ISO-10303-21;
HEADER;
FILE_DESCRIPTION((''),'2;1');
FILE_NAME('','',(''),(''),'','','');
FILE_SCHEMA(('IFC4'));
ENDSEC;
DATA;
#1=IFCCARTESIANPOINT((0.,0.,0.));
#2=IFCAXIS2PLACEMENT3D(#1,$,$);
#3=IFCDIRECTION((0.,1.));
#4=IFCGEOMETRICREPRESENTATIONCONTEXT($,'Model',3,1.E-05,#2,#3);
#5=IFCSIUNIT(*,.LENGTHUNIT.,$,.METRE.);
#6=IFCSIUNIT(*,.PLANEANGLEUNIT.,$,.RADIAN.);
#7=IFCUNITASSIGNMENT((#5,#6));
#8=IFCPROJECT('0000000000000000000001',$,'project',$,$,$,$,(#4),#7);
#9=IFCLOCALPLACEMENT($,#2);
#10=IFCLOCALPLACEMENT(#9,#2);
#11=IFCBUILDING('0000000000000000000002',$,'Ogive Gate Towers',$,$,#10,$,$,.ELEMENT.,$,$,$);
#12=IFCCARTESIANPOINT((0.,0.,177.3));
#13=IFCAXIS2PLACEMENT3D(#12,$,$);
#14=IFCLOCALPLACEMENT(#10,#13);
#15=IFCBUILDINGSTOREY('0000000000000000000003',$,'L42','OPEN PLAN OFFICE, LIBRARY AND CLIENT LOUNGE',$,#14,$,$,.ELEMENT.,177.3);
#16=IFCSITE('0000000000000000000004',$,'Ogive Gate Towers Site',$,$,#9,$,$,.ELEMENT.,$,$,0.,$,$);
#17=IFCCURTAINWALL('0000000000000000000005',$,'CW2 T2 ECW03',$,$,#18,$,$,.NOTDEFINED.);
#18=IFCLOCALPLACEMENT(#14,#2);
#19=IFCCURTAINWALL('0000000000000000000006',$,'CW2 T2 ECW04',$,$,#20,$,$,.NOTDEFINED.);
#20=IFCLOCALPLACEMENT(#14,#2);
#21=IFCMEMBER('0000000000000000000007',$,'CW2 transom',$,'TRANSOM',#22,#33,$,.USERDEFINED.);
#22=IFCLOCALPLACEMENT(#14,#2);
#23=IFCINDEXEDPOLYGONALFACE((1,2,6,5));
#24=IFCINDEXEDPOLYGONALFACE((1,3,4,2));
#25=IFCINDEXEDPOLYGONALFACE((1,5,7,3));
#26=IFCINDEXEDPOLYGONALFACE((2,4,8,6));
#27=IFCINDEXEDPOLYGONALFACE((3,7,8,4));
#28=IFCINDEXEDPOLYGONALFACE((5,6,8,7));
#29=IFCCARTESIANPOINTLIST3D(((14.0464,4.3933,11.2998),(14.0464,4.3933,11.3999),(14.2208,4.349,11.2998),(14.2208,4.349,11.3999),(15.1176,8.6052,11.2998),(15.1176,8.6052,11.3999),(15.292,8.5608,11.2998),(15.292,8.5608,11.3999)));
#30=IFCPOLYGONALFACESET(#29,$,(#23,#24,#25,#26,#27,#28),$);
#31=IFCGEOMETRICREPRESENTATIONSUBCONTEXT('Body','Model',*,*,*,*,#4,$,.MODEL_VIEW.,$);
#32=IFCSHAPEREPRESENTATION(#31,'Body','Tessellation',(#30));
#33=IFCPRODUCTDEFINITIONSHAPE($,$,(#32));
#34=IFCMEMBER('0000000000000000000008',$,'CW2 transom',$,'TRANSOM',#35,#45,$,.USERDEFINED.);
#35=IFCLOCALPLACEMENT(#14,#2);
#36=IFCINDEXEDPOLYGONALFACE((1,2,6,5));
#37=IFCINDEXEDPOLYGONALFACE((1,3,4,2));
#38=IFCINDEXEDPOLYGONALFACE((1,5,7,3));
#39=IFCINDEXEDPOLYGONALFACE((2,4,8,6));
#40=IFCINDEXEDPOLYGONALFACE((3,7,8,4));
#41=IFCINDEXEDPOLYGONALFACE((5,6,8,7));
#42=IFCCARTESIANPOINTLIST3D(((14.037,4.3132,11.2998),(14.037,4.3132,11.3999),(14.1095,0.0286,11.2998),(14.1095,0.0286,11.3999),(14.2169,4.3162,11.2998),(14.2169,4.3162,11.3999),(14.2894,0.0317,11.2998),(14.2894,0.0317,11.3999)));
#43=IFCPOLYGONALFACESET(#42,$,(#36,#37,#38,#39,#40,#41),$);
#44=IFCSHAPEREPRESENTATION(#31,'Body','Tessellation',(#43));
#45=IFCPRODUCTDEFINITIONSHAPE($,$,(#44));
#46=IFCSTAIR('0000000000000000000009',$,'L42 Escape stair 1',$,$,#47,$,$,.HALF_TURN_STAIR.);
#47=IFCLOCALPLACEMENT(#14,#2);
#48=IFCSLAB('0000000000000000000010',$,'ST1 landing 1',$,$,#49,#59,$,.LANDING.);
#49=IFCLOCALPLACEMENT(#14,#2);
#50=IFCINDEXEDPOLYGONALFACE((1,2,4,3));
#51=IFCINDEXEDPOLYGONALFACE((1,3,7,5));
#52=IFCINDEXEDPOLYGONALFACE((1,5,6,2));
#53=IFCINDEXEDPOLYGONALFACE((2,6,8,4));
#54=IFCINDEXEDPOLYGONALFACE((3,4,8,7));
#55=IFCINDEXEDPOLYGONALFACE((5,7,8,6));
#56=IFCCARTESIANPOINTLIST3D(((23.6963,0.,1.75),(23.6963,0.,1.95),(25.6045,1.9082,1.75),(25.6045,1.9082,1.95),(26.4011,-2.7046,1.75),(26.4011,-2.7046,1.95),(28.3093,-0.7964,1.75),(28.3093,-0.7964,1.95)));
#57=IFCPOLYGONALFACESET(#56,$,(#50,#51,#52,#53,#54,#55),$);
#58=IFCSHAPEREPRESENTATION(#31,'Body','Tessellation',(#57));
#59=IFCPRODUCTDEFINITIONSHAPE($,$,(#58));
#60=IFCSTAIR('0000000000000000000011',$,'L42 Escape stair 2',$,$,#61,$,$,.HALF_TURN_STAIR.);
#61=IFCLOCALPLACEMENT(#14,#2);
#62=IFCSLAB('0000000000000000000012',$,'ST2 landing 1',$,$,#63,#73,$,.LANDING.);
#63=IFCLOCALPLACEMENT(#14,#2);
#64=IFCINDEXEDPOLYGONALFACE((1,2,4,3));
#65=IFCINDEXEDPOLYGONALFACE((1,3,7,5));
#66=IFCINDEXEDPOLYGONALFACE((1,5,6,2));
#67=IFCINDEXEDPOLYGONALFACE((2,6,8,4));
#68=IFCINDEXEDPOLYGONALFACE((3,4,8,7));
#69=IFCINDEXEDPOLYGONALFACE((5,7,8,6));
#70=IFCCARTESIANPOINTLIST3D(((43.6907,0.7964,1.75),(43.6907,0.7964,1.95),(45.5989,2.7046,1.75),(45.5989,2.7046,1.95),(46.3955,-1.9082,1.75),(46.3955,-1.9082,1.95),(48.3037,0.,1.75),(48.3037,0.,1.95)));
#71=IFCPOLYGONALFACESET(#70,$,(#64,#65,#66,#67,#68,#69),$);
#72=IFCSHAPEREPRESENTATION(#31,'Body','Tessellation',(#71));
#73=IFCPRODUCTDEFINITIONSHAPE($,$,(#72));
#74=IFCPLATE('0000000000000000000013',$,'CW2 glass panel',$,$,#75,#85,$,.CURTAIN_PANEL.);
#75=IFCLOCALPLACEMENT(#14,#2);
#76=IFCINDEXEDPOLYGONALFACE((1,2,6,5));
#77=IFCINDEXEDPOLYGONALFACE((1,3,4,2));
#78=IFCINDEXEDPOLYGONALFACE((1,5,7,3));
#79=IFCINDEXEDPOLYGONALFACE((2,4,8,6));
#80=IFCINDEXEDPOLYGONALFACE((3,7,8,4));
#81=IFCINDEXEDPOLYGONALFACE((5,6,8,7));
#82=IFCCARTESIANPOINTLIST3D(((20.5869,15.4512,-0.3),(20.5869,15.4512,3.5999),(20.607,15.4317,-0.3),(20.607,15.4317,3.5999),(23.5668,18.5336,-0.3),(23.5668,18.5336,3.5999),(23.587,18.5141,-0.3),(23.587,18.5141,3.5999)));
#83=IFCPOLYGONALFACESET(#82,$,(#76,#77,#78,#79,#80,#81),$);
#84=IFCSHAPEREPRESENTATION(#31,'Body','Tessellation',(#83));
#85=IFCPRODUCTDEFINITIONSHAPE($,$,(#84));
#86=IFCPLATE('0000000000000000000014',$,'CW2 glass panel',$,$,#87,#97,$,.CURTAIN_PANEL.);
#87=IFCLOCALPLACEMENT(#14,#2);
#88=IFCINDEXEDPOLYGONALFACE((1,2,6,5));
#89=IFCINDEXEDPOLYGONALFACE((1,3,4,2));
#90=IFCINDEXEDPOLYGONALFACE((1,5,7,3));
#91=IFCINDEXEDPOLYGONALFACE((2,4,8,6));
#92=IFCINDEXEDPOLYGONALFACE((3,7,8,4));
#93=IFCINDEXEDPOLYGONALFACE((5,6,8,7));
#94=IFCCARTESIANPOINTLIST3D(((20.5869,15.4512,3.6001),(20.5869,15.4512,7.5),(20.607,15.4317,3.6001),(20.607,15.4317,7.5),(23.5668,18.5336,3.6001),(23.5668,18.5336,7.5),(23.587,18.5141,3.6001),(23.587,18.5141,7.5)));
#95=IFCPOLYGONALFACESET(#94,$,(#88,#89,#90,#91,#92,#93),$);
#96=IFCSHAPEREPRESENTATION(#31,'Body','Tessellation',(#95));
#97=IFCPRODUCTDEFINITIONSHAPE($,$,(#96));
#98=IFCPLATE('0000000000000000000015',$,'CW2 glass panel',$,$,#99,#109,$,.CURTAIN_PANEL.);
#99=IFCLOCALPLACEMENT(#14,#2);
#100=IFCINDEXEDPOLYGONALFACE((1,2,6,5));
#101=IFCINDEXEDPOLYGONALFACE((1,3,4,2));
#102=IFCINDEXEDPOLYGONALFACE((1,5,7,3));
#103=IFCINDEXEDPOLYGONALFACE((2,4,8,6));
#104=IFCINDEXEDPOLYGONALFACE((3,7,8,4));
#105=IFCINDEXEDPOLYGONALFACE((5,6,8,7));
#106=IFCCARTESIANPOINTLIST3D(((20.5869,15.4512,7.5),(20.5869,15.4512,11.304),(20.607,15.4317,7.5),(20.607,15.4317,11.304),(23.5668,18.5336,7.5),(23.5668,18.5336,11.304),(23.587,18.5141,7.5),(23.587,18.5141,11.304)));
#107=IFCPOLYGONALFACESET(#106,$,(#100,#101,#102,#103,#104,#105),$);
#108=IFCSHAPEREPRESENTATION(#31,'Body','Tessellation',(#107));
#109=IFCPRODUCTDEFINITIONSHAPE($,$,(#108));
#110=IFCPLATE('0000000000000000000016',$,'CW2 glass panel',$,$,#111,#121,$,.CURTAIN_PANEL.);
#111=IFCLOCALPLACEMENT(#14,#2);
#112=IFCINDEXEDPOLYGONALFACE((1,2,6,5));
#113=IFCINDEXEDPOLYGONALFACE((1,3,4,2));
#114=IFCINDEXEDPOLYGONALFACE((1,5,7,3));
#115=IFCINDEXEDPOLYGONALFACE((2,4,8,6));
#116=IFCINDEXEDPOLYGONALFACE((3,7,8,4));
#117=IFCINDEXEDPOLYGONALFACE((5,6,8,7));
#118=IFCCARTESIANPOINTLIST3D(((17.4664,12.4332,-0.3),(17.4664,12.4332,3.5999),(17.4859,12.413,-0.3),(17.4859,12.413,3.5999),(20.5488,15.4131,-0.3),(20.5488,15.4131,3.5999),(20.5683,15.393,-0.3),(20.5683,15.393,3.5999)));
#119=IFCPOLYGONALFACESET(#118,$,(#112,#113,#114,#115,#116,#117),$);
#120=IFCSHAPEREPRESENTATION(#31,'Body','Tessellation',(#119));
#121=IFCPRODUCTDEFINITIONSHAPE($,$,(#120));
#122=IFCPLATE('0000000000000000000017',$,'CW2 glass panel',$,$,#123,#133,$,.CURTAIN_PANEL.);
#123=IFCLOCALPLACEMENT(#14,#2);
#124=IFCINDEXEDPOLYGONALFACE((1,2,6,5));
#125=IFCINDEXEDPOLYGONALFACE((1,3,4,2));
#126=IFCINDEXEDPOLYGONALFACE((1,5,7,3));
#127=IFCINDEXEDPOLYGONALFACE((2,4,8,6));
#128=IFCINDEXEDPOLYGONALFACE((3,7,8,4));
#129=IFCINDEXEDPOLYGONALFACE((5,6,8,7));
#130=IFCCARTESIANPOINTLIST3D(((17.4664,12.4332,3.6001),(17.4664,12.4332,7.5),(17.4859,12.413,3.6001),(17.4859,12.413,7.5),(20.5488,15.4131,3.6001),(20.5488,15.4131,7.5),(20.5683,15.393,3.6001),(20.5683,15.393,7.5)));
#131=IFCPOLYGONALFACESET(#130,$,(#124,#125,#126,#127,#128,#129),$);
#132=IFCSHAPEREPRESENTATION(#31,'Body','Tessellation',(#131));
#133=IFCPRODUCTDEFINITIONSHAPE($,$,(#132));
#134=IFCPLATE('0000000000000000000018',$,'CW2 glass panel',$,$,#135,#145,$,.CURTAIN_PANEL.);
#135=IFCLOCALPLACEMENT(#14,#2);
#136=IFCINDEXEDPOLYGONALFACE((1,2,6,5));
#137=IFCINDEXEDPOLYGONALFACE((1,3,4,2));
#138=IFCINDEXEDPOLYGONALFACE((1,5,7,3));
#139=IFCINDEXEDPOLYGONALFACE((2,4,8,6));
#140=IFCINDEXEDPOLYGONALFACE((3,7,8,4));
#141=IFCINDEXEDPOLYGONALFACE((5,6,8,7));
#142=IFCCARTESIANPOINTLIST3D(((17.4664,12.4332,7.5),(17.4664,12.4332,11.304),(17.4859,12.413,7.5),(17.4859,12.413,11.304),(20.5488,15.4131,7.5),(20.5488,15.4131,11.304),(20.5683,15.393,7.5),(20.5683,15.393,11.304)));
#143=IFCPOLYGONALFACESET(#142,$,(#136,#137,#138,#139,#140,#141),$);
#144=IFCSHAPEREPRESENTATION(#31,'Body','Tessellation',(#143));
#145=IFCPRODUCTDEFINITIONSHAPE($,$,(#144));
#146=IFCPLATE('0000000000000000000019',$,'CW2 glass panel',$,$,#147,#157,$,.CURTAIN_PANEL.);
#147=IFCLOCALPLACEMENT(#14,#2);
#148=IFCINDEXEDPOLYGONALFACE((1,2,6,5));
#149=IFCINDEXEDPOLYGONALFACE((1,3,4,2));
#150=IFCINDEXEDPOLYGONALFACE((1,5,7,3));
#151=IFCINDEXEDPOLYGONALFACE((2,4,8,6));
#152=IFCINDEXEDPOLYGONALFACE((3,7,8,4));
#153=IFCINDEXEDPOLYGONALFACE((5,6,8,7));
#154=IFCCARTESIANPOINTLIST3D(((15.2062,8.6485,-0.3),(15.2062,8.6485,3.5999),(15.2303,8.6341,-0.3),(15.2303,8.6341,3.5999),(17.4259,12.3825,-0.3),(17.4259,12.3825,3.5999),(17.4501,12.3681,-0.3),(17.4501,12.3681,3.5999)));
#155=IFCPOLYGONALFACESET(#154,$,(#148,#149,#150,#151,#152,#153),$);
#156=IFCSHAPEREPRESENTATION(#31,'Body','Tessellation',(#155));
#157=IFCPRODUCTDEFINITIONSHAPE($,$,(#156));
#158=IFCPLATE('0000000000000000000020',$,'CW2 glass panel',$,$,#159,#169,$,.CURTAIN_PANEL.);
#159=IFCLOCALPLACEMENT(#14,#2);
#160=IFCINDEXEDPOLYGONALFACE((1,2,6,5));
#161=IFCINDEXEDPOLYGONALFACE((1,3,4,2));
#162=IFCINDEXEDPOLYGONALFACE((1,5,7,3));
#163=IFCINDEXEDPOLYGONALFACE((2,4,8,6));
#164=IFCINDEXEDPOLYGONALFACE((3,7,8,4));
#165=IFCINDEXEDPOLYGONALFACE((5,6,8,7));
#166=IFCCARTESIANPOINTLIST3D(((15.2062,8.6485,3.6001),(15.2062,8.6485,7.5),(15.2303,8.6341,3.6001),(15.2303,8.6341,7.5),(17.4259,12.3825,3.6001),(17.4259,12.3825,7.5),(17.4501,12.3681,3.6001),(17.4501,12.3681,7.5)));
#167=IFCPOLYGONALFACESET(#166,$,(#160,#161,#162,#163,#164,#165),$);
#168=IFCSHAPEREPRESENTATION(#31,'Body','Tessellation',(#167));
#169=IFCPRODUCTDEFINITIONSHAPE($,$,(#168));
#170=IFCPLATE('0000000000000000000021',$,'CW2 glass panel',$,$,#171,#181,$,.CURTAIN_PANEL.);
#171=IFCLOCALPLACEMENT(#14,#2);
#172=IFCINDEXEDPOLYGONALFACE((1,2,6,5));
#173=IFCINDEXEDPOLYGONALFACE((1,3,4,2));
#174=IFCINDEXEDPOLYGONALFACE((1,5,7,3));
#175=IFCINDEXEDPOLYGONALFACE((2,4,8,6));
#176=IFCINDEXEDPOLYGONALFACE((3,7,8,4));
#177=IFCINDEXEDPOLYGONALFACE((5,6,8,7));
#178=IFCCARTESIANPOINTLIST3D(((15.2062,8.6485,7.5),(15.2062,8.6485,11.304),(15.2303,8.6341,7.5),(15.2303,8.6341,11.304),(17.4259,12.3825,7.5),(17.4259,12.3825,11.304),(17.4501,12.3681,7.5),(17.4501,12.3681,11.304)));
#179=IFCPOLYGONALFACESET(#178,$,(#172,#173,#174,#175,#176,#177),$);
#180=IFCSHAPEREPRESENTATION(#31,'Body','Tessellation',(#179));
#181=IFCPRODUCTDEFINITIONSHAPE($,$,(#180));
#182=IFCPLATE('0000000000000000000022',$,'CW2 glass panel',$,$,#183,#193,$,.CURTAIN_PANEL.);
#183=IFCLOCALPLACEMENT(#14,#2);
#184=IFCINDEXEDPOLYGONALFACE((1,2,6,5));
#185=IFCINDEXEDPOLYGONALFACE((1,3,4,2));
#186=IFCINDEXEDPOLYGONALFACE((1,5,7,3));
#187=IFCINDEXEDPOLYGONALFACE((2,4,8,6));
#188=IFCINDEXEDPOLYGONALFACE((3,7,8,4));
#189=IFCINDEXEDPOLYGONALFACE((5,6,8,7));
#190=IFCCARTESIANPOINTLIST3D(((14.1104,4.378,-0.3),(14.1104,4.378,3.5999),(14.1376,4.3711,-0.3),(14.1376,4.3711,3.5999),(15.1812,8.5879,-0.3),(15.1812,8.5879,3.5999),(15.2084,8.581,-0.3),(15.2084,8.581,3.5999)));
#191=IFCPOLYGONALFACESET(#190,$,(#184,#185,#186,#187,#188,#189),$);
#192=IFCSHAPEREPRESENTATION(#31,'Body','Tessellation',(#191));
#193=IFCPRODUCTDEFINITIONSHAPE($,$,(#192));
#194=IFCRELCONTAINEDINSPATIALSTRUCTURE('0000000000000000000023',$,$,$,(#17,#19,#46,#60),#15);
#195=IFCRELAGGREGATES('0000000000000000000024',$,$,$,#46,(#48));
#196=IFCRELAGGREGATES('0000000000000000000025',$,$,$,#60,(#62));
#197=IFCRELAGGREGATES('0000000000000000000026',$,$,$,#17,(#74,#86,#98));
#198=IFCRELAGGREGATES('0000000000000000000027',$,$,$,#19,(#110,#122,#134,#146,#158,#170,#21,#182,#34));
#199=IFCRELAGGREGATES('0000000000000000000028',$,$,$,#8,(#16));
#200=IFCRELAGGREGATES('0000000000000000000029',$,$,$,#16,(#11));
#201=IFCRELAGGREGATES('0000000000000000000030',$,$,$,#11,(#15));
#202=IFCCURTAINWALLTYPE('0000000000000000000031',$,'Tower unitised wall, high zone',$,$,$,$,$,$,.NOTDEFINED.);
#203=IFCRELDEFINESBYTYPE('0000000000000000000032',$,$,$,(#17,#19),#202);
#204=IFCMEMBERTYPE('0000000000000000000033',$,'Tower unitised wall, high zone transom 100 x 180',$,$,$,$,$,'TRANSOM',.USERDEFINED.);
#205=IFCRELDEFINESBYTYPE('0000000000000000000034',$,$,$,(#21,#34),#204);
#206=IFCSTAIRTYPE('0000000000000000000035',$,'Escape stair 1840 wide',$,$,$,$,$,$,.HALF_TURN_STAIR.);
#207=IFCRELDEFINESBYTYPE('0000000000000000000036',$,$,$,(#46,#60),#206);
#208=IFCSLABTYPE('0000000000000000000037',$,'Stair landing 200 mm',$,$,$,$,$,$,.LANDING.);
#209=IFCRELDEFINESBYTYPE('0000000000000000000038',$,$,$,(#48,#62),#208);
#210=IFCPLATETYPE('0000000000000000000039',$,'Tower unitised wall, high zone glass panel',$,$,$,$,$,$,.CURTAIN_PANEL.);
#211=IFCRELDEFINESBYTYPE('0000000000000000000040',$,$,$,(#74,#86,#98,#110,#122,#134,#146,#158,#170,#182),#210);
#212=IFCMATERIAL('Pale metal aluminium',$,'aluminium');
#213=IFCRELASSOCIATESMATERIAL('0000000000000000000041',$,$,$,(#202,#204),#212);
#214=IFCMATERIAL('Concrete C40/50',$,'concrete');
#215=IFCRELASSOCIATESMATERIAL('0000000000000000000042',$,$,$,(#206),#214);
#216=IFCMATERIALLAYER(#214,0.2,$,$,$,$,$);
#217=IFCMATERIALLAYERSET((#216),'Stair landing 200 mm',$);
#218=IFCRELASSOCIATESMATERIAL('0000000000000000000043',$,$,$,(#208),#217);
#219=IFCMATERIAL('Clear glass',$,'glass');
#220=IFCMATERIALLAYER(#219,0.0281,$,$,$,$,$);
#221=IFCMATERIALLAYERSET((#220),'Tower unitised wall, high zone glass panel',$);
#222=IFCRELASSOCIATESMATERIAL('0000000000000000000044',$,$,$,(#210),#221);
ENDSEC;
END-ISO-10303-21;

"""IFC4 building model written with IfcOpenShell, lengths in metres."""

from ifc_helpers import new_model, si_unit, direction, frame, origin, origin_2d, place, context, subcontext, project, spatial, polyline, rectangle, outline, extrude, material, layer, layer_set, material_profile, profile_set, type_object, element, aggregate, save


model = new_model("IFC4")

# Units and contexts
model_context = context("Model", 3, precision=1e-05, world=origin(), true_north=direction((0.0, 1.0)))
body_context = subcontext(model_context, "Body", "Model", "MODEL_VIEW")
ifc_project = project(units=[si_unit("LENGTHUNIT", "METRE"), si_unit("PLANEANGLEUNIT", "RADIAN")], contexts=[model_context])

# Site, building, storey
site_placement = place(None, origin())
site = spatial("IfcSite", under=ifc_project, at=site_placement, Name="Ogive Gate Towers Site", CompositionType="ELEMENT", RefElevation=0.0)
building_placement = place(site_placement, origin())
building = spatial("IfcBuilding", under=site, at=building_placement, Name="Ogive Gate Towers", CompositionType="ELEMENT")
storey_placement = place(building_placement, frame((0.0, 0.0, 177.3)))
storey = spatial("IfcBuildingStorey", under=building, at=storey_placement, Name="L42", Description="OPEN PLAN OFFICE, LIBRARY AND CLIENT LOUNGE", CompositionType="ELEMENT", Elevation=177.3)

# Curtain wall
ifc_material_1 = material(Name="Pale metal aluminium", Category="aluminium")
curtain_wall_type = type_object("IfcCurtainWallType", Name="Tower unitised wall, high zone", PredefinedType="NOTDEFINED", material=ifc_material_1)
curtain_wall_1_placement = place(storey_placement, origin())
curtain_wall_1 = element("IfcCurtainWall", 1, at=curtain_wall_1_placement, inside=storey, type_object=curtain_wall_type, Name="CW2 T2 ECW03", PredefinedType="NOTDEFINED")

# Curtain wall, members
curtain_wall_2_placement = place(storey_placement, origin())
curtain_wall_2 = element("IfcCurtainWall", 2, at=curtain_wall_2_placement, inside=storey, type_object=curtain_wall_type, Name="CW2 T2 ECW04", PredefinedType="NOTDEFINED")
ifc_material_profile_1 = material_profile(ifc_material_1, rectangle(XDim=0.1799, YDim=0.1001, at=origin_2d()), Name="100 x 180 aluminium box")
ifc_profile_set_1 = profile_set([ifc_material_profile_1], Name="Pale metal aluminium")
member_type_1 = type_object("IfcMemberType", Name="Tower unitised wall, high zone transom 100 x 180", ElementType="TRANSOM", PredefinedType="USERDEFINED", material=ifc_profile_set_1)
member_1_placement = place(storey_placement, frame((15.2048, 8.583, 11.3499), z_axis=(-0.246499, -0.969143, 0.0), x_axis=(0.969143, -0.246499, 0.0)))
member_1 = element("IfcMember", 3, at=member_1_placement, type_object=member_type_1, Name="CW2 transom", ObjectType="TRANSOM", PredefinedType="USERDEFINED", context=body_context, shape_type="SweptSolid", body=[
    extrude(rectangle(XDim=0.1799, YDim=0.1001, at=origin_2d()), origin(), (0.0, 0.0, 1.0), 4.3459),
])
member_2_placement = place(storey_placement, frame((14.127, 4.3147, 11.3499), z_axis=(0.016922, -0.999857, 0.0), x_axis=(0.999857, 0.016922, 0.0)))
member_2 = element("IfcMember", 4, at=member_2_placement, type_object=member_type_1, Name="CW2 transom", ObjectType="TRANSOM", PredefinedType="USERDEFINED", context=body_context, shape_type="SweptSolid", body=[
    extrude(rectangle(XDim=0.1799, YDim=0.1001, at=origin_2d()), origin(), (0.0, 0.0, 1.0), 4.2852),
])

# Stairs, slabs
ifc_material_2 = material(Name="Concrete C40/50", Category="concrete")
stair_type = type_object("IfcStairType", Name="Escape stair 1840 wide", PredefinedType="HALF_TURN_STAIR", material=ifc_material_2)
stair_1_placement = place(storey_placement, origin())
stair_1 = element("IfcStair", 5, at=stair_1_placement, inside=storey, type_object=stair_type, Name="L42 Escape stair 1", PredefinedType="HALF_TURN_STAIR")
ifc_layer_1 = layer(ifc_material_2, 0.2)
ifc_layer_set_1 = layer_set([ifc_layer_1], Name="Stair landing 200 mm")
slab_type = type_object("IfcSlabType", Name="Stair landing 200 mm", PredefinedType="LANDING", material=ifc_layer_set_1)
slab_1_placement = place(storey_placement, frame((0.0, 0.0, 1.75)))
slab_1 = element("IfcSlab", 6, at=slab_1_placement, type_object=slab_type, Name="ST1 landing 1", PredefinedType="LANDING", context=body_context, shape_type="SweptSolid", body=[
    extrude(outline(polyline([(25.6045, 1.9082), (23.6963, 0.0), (26.4011, -2.7046), (28.3093, -0.7964), (25.6045, 1.9082)])), origin(), (0.0, 0.0, 1.0), 0.2),
])
aggregate(stair_1, [slab_1])
stair_2_placement = place(storey_placement, origin())
stair_2 = element("IfcStair", 7, at=stair_2_placement, inside=storey, type_object=stair_type, Name="L42 Escape stair 2", PredefinedType="HALF_TURN_STAIR")
slab_2_placement = place(storey_placement, frame((0.0, 0.0, 1.75)))
slab_2 = element("IfcSlab", 8, at=slab_2_placement, type_object=slab_type, Name="ST2 landing 1", PredefinedType="LANDING", context=body_context, shape_type="SweptSolid", body=[
    extrude(outline(polyline([(46.3955, -1.9082), (48.3037, 0.0), (45.5989, 2.7046), (43.6907, 0.7964), (46.3955, -1.9082)])), origin(), (0.0, 0.0, 1.0), 0.2),
])
aggregate(stair_2, [slab_2])

# Plates
ifc_material_3 = material(Name="Clear glass", Category="glass")
ifc_layer_2 = layer(ifc_material_3, 0.0281)
ifc_layer_set_2 = layer_set([ifc_layer_2], Name="Tower unitised wall, high zone glass panel")
plate_type = type_object("IfcPlateType", Name="Tower unitised wall, high zone glass panel", PredefinedType="CURTAIN_PANEL", material=ifc_layer_set_2)
plate_1_placement = place(storey_placement, frame((22.0869, 16.9827, -0.3), z_axis=(0.0, 0.0, 1.0), x_axis=(-0.695047, -0.718964, 0.0)))
plate_1 = element("IfcPlate", 9, at=plate_1_placement, type_object=plate_type, Name="CW2 glass panel", PredefinedType="CURTAIN_PANEL", context=body_context, shape_type="SweptSolid", body=[
    extrude(rectangle(XDim=4.2874, YDim=0.0281, at=origin_2d()), origin(), (0.0, 0.0, 1.0), 3.8999),
])
plate_2_placement = place(storey_placement, frame((22.0869, 16.9827, 3.6001), z_axis=(0.0, 0.0, 1.0), x_axis=(-0.695047, -0.718964, 0.0)))
plate_2 = element("IfcPlate", 10, at=plate_2_placement, type_object=plate_type, Name="CW2 glass panel", PredefinedType="CURTAIN_PANEL", context=body_context, shape_type="SweptSolid", body=[
    extrude(rectangle(XDim=4.2874, YDim=0.0281, at=origin_2d()), origin(), (0.0, 0.0, 1.0), 3.8999),
])
plate_3_placement = place(storey_placement, frame((22.0869, 16.9827, 7.5), z_axis=(0.0, 0.0, 1.0), x_axis=(-0.695047, -0.718964, 0.0)))
plate_3 = element("IfcPlate", 11, at=plate_3_placement, type_object=plate_type, Name="CW2 glass panel", PredefinedType="CURTAIN_PANEL", context=body_context, shape_type="SweptSolid", body=[
    extrude(rectangle(XDim=4.2874, YDim=0.0281, at=origin_2d()), origin(), (0.0, 0.0, 1.0), 3.804),
])
aggregate(curtain_wall_1, [plate_1, plate_2, plate_3])
plate_4_placement = place(storey_placement, frame((19.0173, 13.9131, -0.3), z_axis=(0.0, 0.0, 1.0), x_axis=(-0.718964, -0.695047, 0.0)))
plate_4 = element("IfcPlate", 12, at=plate_4_placement, type_object=plate_type, Name="CW2 glass panel", PredefinedType="CURTAIN_PANEL", context=body_context, shape_type="SweptSolid", body=[
    extrude(rectangle(XDim=4.2874, YDim=0.0281, at=origin_2d()), origin(), (0.0, 0.0, 1.0), 3.8999),
])
plate_5_placement = place(storey_placement, frame((19.0173, 13.9131, 3.6001), z_axis=(0.0, 0.0, 1.0), x_axis=(-0.718964, -0.695047, 0.0)))
plate_5 = element("IfcPlate", 13, at=plate_5_placement, type_object=plate_type, Name="CW2 glass panel", PredefinedType="CURTAIN_PANEL", context=body_context, shape_type="SweptSolid", body=[
    extrude(rectangle(XDim=4.2874, YDim=0.0281, at=origin_2d()), origin(), (0.0, 0.0, 1.0), 3.8999),
])
plate_6_placement = place(storey_placement, frame((19.0173, 13.9131, 7.5), z_axis=(0.0, 0.0, 1.0), x_axis=(-0.718964, -0.695047, 0.0)))
plate_6 = element("IfcPlate", 14, at=plate_6_placement, type_object=plate_type, Name="CW2 glass panel", PredefinedType="CURTAIN_PANEL", context=body_context, shape_type="SweptSolid", body=[
    extrude(rectangle(XDim=4.2874, YDim=0.0281, at=origin_2d()), origin(), (0.0, 0.0, 1.0), 3.804),
])
plate_7_placement = place(storey_placement, frame((16.3281, 10.5083, -0.3), z_axis=(0.0, 0.0, 1.0), x_axis=(-0.510993, -0.859585, 0.0)))
plate_7 = element("IfcPlate", 15, at=plate_7_placement, type_object=plate_type, Name="CW2 glass panel", PredefinedType="CURTAIN_PANEL", context=body_context, shape_type="SweptSolid", body=[
    extrude(rectangle(XDim=4.344, YDim=0.0281, at=origin_2d()), origin(), (0.0, 0.0, 1.0), 3.8999),
])
plate_8_placement = place(storey_placement, frame((16.3281, 10.5083, 3.6001), z_axis=(0.0, 0.0, 1.0), x_axis=(-0.510993, -0.859585, 0.0)))
plate_8 = element("IfcPlate", 16, at=plate_8_placement, type_object=plate_type, Name="CW2 glass panel", PredefinedType="CURTAIN_PANEL", context=body_context, shape_type="SweptSolid", body=[
    extrude(rectangle(XDim=4.344, YDim=0.0281, at=origin_2d()), origin(), (0.0, 0.0, 1.0), 3.8999),
])
plate_9_placement = place(storey_placement, frame((16.3281, 10.5083, 7.5), z_axis=(0.0, 0.0, 1.0), x_axis=(-0.510993, -0.859585, 0.0)))
plate_9 = element("IfcPlate", 17, at=plate_9_placement, type_object=plate_type, Name="CW2 glass panel", PredefinedType="CURTAIN_PANEL", context=body_context, shape_type="SweptSolid", body=[
    extrude(rectangle(XDim=4.344, YDim=0.0281, at=origin_2d()), origin(), (0.0, 0.0, 1.0), 3.804),
])
plate_10_placement = place(storey_placement, frame((14.6594, 6.4795, -0.3), z_axis=(0.0, 0.0, 1.0), x_axis=(-0.246492, -0.969145, 0.0)))
plate_10 = element("IfcPlate", 18, at=plate_10_placement, type_object=plate_type, Name="CW2 glass panel", PredefinedType="CURTAIN_PANEL", context=body_context, shape_type="SweptSolid", body=[
    extrude(rectangle(XDim=4.344, YDim=0.0281, at=origin_2d()), origin(), (0.0, 0.0, 1.0), 3.8999),
])
aggregate(curtain_wall_2, [plate_4, plate_5, plate_6, plate_7, plate_8, plate_9, member_1, plate_10, member_2])

save(model, "model.ifc")
